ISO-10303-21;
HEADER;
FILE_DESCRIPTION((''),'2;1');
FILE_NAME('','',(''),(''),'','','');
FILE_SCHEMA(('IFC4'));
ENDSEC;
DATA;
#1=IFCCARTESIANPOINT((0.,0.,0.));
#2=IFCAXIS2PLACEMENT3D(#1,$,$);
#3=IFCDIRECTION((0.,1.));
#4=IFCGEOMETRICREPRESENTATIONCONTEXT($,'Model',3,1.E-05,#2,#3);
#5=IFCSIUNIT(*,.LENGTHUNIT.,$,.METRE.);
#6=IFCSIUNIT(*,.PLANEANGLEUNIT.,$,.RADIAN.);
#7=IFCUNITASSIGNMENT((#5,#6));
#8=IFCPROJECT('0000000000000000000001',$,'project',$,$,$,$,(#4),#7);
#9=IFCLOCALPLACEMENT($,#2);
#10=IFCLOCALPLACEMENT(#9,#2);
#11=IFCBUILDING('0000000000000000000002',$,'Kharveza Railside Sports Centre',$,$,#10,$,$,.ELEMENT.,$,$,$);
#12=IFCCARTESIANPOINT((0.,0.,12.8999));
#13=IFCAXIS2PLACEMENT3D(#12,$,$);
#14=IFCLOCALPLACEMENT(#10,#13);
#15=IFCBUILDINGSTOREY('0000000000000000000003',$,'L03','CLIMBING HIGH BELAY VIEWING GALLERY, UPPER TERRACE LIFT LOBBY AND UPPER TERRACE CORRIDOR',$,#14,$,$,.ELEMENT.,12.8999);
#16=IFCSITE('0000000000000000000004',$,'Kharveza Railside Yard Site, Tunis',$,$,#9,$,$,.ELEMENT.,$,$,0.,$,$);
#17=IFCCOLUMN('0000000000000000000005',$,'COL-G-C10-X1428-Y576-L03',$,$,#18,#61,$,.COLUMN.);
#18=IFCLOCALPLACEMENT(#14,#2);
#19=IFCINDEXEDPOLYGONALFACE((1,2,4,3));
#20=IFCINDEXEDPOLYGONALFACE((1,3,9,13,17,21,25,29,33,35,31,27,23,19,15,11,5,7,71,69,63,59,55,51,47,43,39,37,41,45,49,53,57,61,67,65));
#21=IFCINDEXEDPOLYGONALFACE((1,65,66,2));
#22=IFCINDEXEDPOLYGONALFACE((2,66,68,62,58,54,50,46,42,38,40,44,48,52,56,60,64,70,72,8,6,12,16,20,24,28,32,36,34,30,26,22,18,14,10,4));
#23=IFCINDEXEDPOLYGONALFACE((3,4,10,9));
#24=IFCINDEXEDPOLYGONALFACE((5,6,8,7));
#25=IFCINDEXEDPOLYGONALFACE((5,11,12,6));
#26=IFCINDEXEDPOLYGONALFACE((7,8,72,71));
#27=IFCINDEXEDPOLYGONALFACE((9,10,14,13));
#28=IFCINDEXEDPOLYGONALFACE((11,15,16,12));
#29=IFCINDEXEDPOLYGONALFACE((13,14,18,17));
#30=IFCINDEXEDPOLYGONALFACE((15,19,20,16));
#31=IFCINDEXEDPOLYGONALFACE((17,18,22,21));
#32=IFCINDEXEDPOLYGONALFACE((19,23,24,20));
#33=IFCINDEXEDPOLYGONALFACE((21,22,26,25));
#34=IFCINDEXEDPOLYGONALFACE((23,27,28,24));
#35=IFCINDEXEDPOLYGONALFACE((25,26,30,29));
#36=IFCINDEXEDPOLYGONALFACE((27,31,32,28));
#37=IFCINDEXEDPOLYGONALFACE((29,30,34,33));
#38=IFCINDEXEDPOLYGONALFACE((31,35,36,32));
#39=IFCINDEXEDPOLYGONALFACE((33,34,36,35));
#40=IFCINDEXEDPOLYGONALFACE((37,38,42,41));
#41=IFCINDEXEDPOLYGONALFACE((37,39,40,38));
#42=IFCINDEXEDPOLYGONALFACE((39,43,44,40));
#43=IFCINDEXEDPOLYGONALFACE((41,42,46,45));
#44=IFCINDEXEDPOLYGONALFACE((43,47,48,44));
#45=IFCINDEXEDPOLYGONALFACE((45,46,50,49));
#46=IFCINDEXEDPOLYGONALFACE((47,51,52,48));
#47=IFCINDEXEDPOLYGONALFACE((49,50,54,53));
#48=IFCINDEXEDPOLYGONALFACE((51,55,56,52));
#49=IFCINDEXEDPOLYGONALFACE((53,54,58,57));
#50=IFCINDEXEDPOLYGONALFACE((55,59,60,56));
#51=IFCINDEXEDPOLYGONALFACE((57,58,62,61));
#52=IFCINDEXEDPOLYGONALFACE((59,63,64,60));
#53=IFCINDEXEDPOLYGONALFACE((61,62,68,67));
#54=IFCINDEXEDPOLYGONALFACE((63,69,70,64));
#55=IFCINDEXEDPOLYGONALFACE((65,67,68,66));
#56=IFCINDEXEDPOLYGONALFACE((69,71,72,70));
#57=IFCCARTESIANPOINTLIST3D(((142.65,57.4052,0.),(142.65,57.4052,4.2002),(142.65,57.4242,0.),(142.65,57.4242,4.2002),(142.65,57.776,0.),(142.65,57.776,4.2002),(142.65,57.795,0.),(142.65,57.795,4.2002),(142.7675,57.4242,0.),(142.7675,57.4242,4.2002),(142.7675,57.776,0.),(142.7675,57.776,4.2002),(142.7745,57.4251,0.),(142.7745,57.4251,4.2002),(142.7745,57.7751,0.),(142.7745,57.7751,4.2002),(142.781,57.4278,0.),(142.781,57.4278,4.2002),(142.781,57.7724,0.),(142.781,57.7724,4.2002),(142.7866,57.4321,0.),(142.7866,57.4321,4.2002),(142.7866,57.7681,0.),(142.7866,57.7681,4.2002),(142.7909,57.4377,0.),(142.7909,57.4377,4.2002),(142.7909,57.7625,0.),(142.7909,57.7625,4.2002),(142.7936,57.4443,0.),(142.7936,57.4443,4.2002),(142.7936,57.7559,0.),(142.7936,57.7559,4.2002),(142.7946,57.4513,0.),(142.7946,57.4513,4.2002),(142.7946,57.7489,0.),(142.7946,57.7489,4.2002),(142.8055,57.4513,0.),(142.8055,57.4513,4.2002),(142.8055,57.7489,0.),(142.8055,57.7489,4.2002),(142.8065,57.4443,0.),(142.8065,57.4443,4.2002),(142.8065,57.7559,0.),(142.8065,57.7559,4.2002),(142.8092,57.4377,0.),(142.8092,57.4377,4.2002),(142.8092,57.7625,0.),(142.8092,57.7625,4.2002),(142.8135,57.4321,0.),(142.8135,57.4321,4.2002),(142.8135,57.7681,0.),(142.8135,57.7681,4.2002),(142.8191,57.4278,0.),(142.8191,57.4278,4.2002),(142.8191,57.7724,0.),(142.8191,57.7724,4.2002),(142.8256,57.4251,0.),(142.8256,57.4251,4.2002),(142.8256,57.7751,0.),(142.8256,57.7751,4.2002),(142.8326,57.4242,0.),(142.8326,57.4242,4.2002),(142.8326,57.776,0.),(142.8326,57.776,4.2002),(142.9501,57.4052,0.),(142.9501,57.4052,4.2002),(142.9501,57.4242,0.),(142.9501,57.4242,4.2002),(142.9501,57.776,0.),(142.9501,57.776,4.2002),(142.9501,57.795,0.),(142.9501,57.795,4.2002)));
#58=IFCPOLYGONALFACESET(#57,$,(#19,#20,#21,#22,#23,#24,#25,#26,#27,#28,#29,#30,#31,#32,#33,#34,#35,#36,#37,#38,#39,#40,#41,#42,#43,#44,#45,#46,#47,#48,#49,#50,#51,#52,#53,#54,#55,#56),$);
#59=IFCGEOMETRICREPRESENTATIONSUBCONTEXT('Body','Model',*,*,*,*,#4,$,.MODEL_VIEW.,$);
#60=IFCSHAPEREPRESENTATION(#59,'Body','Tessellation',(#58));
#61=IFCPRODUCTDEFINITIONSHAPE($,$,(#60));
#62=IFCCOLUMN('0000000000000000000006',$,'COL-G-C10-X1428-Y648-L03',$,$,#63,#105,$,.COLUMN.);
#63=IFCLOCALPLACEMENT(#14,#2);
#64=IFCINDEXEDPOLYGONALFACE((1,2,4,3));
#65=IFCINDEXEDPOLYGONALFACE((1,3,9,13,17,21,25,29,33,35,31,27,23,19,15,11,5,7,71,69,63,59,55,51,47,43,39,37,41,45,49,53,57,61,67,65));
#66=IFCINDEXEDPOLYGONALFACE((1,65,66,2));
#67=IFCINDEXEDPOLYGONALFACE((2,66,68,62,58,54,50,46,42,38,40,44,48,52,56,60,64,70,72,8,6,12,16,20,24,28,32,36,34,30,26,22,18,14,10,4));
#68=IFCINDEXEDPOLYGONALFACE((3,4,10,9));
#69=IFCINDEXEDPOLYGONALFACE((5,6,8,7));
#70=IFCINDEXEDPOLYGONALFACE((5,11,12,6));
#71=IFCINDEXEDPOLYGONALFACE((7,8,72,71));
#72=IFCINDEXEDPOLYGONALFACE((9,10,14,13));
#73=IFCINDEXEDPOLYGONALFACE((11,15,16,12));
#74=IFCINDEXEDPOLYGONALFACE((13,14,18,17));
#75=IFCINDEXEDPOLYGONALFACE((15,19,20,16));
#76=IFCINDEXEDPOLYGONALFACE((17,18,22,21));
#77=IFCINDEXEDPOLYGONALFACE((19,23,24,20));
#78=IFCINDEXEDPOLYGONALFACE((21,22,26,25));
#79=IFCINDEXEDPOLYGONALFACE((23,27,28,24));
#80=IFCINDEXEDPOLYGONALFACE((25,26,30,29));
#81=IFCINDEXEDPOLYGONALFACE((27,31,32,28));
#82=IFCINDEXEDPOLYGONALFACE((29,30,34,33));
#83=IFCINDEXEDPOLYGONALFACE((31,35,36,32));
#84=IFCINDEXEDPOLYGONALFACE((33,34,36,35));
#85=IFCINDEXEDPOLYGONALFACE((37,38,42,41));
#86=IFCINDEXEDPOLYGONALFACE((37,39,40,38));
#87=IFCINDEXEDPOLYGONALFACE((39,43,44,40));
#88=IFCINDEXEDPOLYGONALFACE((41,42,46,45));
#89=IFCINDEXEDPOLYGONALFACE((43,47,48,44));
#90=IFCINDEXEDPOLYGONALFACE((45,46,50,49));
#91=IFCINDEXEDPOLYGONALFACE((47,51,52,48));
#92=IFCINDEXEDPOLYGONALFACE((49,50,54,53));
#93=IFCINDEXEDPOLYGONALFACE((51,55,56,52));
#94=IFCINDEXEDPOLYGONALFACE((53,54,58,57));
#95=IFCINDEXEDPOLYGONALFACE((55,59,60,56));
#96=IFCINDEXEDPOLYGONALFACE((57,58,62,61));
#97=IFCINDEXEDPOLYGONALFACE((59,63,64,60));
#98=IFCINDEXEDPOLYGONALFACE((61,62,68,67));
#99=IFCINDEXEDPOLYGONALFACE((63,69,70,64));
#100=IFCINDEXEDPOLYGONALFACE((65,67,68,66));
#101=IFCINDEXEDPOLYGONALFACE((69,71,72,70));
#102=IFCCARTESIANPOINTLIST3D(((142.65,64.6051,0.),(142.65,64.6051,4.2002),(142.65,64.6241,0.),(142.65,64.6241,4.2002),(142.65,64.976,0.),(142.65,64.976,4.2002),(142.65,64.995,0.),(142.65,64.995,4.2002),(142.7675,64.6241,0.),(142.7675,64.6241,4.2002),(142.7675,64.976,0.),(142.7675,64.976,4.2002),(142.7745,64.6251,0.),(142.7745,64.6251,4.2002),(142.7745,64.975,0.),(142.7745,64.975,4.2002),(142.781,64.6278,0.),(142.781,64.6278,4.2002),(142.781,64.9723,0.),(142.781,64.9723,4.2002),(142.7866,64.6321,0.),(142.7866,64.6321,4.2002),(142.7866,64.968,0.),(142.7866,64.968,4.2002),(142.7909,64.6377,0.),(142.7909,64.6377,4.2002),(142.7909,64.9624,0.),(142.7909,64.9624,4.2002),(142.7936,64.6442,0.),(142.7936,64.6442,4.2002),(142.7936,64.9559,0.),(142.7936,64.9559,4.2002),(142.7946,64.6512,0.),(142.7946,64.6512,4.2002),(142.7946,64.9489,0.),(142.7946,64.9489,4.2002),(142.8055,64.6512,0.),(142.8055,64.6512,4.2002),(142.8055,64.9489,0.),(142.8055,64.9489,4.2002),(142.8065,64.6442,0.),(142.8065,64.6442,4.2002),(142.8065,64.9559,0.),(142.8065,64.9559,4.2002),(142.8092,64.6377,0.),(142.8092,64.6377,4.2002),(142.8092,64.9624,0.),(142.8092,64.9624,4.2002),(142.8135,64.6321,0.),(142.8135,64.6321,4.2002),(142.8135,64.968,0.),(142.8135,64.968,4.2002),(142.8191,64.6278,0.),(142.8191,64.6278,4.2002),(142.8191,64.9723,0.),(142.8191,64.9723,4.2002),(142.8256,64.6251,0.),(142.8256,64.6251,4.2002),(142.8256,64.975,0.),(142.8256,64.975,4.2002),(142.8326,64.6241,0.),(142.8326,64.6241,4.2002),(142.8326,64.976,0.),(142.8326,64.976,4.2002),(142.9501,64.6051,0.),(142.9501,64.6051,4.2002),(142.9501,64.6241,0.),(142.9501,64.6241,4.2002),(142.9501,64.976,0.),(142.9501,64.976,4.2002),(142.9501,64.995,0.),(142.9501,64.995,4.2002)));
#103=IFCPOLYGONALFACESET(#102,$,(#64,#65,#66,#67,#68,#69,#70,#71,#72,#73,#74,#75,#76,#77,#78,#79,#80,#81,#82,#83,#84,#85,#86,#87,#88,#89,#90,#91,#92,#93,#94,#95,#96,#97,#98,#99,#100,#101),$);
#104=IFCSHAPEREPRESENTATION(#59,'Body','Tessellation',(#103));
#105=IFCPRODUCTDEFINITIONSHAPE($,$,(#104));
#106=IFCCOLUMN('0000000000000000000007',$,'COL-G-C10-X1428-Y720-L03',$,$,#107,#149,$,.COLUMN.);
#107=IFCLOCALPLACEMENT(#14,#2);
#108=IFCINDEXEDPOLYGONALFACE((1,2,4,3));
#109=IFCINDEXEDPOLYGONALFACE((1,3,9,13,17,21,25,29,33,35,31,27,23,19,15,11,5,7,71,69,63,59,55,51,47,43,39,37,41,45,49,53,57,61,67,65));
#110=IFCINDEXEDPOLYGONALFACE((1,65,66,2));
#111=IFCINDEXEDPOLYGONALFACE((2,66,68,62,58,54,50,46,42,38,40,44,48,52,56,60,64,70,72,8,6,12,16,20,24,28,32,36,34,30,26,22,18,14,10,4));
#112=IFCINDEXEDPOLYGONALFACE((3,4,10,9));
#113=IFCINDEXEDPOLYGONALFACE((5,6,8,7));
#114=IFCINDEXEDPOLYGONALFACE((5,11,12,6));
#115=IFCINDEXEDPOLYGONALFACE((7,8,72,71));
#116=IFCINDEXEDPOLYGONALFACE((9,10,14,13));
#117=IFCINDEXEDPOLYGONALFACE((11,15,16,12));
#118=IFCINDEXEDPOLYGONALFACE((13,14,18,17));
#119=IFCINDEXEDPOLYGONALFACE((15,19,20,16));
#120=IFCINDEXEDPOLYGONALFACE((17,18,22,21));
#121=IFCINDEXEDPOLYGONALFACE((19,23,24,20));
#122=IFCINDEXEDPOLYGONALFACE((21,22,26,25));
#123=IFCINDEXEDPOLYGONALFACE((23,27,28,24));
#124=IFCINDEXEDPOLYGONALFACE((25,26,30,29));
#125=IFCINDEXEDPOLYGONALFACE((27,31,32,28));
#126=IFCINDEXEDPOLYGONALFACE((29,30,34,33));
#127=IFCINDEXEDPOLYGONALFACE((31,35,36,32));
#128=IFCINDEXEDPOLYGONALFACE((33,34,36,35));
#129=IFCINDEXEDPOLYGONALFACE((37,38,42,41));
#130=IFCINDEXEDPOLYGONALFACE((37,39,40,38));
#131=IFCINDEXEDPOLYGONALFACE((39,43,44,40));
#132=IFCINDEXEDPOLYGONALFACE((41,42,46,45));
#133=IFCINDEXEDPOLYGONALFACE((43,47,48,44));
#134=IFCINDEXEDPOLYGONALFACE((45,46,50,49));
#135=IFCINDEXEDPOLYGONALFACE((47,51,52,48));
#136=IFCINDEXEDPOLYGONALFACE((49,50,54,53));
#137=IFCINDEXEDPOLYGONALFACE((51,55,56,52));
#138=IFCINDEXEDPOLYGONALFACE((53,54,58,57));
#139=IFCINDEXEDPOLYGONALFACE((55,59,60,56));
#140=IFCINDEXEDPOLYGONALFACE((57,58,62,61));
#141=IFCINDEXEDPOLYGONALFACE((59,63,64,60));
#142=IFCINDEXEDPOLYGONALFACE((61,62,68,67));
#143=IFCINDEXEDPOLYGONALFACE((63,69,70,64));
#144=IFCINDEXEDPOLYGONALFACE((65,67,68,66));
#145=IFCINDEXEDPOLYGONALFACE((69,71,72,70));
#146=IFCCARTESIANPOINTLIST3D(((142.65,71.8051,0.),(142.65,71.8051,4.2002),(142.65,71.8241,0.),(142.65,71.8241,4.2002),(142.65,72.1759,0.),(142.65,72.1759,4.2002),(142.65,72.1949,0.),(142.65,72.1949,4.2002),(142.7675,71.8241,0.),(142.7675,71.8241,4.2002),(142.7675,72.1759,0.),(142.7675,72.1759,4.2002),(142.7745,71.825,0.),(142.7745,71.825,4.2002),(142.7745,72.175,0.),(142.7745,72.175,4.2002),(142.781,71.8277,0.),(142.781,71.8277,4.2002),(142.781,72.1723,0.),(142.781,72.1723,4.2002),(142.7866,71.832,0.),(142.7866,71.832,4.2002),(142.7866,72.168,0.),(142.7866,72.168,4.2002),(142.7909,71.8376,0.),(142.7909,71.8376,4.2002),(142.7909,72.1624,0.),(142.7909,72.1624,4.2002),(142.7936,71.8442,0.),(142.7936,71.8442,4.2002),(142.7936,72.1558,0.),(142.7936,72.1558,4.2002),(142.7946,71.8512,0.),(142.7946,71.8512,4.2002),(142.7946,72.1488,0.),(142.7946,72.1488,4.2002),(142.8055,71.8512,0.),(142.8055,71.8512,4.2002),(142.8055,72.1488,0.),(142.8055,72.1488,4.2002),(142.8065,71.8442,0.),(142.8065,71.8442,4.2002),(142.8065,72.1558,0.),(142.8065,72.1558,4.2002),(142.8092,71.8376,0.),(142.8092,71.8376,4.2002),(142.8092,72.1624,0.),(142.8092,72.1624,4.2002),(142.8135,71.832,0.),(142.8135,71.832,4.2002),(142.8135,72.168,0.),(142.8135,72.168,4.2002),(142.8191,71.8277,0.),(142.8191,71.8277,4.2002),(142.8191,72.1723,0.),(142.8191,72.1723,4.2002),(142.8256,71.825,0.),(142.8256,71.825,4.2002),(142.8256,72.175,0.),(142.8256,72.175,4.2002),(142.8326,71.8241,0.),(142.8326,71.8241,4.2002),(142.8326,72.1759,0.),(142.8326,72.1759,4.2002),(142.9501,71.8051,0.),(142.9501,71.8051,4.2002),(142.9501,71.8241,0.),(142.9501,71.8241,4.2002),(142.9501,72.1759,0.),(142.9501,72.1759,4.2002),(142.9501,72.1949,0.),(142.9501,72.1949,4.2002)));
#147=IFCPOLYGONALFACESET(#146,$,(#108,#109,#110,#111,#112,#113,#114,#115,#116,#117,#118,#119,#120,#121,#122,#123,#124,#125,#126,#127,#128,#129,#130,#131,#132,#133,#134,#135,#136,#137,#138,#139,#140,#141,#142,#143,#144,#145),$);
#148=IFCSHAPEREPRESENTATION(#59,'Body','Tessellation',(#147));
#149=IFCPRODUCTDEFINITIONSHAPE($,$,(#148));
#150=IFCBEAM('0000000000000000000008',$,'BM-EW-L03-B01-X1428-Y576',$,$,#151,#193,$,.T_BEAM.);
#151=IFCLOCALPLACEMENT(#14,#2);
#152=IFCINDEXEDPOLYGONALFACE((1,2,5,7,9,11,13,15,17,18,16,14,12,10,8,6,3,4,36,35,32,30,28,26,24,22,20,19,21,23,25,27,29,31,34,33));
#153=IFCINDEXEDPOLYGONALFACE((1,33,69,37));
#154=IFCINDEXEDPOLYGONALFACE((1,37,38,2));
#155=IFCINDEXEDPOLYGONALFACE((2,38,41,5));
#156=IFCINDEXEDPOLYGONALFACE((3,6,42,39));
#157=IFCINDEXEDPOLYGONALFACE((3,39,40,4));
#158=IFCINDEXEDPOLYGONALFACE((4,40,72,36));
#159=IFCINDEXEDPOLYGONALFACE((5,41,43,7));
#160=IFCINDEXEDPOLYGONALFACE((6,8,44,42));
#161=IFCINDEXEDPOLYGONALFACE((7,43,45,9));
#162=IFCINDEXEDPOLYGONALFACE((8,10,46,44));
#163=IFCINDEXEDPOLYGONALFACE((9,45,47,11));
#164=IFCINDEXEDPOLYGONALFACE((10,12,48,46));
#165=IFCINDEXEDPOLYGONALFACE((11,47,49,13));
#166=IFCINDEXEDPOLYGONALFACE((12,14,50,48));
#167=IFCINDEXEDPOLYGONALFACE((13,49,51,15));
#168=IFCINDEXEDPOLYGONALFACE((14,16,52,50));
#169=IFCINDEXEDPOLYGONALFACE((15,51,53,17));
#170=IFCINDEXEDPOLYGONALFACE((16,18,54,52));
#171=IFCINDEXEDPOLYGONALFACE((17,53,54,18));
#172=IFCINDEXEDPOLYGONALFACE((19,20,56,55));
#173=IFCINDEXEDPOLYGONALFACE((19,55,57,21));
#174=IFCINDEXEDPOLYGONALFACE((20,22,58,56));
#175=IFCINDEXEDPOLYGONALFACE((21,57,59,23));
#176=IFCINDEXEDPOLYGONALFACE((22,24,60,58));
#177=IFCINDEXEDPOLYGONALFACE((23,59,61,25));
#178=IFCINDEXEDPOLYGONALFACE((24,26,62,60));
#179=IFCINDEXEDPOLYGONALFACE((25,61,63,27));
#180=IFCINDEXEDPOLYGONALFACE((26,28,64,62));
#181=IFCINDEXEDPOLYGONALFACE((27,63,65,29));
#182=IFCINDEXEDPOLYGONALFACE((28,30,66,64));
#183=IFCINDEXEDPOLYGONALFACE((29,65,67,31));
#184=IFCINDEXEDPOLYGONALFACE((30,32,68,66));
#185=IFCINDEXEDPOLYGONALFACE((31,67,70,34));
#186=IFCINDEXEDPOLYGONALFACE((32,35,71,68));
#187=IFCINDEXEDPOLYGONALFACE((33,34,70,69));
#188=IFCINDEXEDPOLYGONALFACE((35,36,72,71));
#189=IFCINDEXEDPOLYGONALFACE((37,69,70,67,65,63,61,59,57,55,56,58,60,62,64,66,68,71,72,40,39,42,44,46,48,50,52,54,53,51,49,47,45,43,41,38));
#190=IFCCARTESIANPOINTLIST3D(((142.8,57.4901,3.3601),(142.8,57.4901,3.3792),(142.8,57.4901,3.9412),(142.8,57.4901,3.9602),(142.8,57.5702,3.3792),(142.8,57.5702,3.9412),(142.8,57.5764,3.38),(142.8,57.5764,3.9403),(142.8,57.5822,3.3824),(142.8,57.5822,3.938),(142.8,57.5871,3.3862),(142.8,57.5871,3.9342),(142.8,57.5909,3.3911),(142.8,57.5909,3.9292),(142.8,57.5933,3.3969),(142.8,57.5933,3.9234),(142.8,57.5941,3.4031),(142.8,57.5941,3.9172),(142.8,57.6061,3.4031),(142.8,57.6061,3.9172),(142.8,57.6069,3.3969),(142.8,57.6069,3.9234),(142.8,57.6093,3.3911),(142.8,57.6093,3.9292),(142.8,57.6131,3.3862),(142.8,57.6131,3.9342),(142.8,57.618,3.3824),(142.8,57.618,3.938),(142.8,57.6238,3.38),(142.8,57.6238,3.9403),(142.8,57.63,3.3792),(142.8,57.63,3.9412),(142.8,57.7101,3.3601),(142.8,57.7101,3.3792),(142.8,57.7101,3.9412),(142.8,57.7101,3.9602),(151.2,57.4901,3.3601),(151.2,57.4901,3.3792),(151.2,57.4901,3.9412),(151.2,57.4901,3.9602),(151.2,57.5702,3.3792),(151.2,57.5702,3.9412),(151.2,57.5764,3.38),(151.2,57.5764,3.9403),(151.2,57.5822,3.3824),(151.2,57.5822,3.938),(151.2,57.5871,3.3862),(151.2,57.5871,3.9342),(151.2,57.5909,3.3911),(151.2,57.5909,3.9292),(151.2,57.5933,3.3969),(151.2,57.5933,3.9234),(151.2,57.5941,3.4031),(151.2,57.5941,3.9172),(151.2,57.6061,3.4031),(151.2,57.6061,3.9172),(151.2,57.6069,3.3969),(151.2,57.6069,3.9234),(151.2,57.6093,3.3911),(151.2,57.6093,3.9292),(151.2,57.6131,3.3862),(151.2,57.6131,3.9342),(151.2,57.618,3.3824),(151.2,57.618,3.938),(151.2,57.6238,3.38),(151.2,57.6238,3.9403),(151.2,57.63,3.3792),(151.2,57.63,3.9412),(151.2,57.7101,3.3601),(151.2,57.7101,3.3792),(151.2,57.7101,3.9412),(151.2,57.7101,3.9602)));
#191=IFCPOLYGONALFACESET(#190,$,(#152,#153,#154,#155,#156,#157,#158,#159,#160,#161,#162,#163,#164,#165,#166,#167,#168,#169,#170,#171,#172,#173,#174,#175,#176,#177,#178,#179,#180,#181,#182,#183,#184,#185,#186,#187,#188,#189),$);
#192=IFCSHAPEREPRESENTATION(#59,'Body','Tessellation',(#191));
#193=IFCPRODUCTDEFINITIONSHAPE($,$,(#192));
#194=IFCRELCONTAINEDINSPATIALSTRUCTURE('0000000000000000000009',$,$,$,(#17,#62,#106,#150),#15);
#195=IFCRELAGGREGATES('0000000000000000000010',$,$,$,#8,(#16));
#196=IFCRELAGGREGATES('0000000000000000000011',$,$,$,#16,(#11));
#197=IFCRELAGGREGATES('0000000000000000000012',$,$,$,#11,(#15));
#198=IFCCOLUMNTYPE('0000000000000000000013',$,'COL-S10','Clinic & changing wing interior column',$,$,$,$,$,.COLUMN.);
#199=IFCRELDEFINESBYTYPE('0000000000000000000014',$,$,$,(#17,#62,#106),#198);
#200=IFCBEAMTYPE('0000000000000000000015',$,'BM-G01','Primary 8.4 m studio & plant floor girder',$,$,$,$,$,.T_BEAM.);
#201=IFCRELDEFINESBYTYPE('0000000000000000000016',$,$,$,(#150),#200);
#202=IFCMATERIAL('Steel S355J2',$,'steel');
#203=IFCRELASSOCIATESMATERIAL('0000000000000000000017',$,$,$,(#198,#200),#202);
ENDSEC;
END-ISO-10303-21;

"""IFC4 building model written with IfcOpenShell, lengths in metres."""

from ifc_helpers import new_model, si_unit, direction, frame, origin, origin_2d, place, context, subcontext, project, spatial, i_section, extrude, material, material_profile, profile_set, type_object, element, save


model = new_model("IFC4")

# Units and contexts
model_context = context("Model", 3, precision=1e-05, world=origin(), true_north=direction((0.0, 1.0)))
body_context = subcontext(model_context, "Body", "Model", "MODEL_VIEW")
ifc_project = project(units=[si_unit("LENGTHUNIT", "METRE"), si_unit("PLANEANGLEUNIT", "RADIAN")], contexts=[model_context])

# Site, building, storey
site_placement = place(None, origin())
site = spatial("IfcSite", under=ifc_project, at=site_placement, Name="Kharveza Railside Yard Site, Tunis", CompositionType="ELEMENT", RefElevation=0.0)
building_placement = place(site_placement, origin())
building = spatial("IfcBuilding", under=site, at=building_placement, Name="Kharveza Railside Sports Centre", CompositionType="ELEMENT")
storey_placement = place(building_placement, frame((0.0, 0.0, 12.8999)))
storey = spatial("IfcBuildingStorey", under=building, at=storey_placement, Name="L03", Description="CLIMBING HIGH BELAY VIEWING GALLERY, UPPER TERRACE LIFT LOBBY AND UPPER TERRACE CORRIDOR", CompositionType="ELEMENT", Elevation=12.8999)

# Columns
ifc_material_1 = material(Name="Steel S355J2", Category="steel")
ifc_material_profile_1 = material_profile(ifc_material_1, i_section(OverallWidth=0.3, OverallDepth=0.3899, WebThickness=0.011, FlangeThickness=0.019, FilletRadius=0.0271, at=origin_2d()), Name="HEA 400")
ifc_profile_set_1 = profile_set([ifc_material_profile_1], Name="Steel S355J2")
column_type = type_object("IfcColumnType", Name="COL-S10", Description="Clinic & changing wing interior column", PredefinedType="COLUMN", material=ifc_profile_set_1)
for number, where, z_axis, x_axis, name in (
    (1, (142.8, 57.6001, 0.0), (0.0, 0.0, 1.0), (1.0, 0.0, 0.0), "COL-G-C10-X1428-Y576-L03"),
    (2, (142.8, 64.8, 0.0), (0.0, 0.0, 1.0), (1.0, 0.0, 0.0), "COL-G-C10-X1428-Y648-L03"),
    (3, (142.8, 72.0, 0.0), (0.0, 0.0, 1.0), (1.0, 0.0, 0.0), "COL-G-C10-X1428-Y720-L03"),
):
    element("IfcColumn", number, at=place(storey_placement, frame(where, z_axis=z_axis, x_axis=x_axis)), inside=storey, type_object=column_type, Name=name, PredefinedType="COLUMN", context=body_context, shape_type="SweptSolid", body=[
        extrude(i_section(OverallWidth=0.3, OverallDepth=0.3899, WebThickness=0.011, FlangeThickness=0.019, FilletRadius=0.0271, at=origin_2d()), origin(), (0.0, 0.0, 1.0), 4.2002),
    ])

# Beam
ifc_material_profile_2 = material_profile(ifc_material_1, i_section(OverallWidth=0.22, OverallDepth=0.6001, WebThickness=0.012, FlangeThickness=0.019, FilletRadius=0.0239, at=origin_2d()), Name="IPE 600")
ifc_profile_set_2 = profile_set([ifc_material_profile_2], Name="Steel S355J2")
beam_type_1 = type_object("IfcBeamType", Name="BM-G01", Description="Primary 8.4 m studio & plant floor girder", PredefinedType="T_BEAM", material=ifc_profile_set_2)
beam_1_placement = place(storey_placement, frame((142.8, 57.6001, 3.6602), z_axis=(1.0, 0.0, 0.0), x_axis=(0.0, 1.0, 0.0)))
element("IfcBeam", 4, at=beam_1_placement, inside=storey, type_object=beam_type_1, Name="BM-EW-L03-B01-X1428-Y576", PredefinedType="T_BEAM", context=body_context, shape_type="SweptSolid", body=[
    extrude(i_section(OverallWidth=0.22, OverallDepth=0.6001, WebThickness=0.012, FlangeThickness=0.019, FilletRadius=0.0239, at=origin_2d()), origin(), (0.0, 0.0, 1.0), 8.3999),
])

save(model, "model.ifc")
